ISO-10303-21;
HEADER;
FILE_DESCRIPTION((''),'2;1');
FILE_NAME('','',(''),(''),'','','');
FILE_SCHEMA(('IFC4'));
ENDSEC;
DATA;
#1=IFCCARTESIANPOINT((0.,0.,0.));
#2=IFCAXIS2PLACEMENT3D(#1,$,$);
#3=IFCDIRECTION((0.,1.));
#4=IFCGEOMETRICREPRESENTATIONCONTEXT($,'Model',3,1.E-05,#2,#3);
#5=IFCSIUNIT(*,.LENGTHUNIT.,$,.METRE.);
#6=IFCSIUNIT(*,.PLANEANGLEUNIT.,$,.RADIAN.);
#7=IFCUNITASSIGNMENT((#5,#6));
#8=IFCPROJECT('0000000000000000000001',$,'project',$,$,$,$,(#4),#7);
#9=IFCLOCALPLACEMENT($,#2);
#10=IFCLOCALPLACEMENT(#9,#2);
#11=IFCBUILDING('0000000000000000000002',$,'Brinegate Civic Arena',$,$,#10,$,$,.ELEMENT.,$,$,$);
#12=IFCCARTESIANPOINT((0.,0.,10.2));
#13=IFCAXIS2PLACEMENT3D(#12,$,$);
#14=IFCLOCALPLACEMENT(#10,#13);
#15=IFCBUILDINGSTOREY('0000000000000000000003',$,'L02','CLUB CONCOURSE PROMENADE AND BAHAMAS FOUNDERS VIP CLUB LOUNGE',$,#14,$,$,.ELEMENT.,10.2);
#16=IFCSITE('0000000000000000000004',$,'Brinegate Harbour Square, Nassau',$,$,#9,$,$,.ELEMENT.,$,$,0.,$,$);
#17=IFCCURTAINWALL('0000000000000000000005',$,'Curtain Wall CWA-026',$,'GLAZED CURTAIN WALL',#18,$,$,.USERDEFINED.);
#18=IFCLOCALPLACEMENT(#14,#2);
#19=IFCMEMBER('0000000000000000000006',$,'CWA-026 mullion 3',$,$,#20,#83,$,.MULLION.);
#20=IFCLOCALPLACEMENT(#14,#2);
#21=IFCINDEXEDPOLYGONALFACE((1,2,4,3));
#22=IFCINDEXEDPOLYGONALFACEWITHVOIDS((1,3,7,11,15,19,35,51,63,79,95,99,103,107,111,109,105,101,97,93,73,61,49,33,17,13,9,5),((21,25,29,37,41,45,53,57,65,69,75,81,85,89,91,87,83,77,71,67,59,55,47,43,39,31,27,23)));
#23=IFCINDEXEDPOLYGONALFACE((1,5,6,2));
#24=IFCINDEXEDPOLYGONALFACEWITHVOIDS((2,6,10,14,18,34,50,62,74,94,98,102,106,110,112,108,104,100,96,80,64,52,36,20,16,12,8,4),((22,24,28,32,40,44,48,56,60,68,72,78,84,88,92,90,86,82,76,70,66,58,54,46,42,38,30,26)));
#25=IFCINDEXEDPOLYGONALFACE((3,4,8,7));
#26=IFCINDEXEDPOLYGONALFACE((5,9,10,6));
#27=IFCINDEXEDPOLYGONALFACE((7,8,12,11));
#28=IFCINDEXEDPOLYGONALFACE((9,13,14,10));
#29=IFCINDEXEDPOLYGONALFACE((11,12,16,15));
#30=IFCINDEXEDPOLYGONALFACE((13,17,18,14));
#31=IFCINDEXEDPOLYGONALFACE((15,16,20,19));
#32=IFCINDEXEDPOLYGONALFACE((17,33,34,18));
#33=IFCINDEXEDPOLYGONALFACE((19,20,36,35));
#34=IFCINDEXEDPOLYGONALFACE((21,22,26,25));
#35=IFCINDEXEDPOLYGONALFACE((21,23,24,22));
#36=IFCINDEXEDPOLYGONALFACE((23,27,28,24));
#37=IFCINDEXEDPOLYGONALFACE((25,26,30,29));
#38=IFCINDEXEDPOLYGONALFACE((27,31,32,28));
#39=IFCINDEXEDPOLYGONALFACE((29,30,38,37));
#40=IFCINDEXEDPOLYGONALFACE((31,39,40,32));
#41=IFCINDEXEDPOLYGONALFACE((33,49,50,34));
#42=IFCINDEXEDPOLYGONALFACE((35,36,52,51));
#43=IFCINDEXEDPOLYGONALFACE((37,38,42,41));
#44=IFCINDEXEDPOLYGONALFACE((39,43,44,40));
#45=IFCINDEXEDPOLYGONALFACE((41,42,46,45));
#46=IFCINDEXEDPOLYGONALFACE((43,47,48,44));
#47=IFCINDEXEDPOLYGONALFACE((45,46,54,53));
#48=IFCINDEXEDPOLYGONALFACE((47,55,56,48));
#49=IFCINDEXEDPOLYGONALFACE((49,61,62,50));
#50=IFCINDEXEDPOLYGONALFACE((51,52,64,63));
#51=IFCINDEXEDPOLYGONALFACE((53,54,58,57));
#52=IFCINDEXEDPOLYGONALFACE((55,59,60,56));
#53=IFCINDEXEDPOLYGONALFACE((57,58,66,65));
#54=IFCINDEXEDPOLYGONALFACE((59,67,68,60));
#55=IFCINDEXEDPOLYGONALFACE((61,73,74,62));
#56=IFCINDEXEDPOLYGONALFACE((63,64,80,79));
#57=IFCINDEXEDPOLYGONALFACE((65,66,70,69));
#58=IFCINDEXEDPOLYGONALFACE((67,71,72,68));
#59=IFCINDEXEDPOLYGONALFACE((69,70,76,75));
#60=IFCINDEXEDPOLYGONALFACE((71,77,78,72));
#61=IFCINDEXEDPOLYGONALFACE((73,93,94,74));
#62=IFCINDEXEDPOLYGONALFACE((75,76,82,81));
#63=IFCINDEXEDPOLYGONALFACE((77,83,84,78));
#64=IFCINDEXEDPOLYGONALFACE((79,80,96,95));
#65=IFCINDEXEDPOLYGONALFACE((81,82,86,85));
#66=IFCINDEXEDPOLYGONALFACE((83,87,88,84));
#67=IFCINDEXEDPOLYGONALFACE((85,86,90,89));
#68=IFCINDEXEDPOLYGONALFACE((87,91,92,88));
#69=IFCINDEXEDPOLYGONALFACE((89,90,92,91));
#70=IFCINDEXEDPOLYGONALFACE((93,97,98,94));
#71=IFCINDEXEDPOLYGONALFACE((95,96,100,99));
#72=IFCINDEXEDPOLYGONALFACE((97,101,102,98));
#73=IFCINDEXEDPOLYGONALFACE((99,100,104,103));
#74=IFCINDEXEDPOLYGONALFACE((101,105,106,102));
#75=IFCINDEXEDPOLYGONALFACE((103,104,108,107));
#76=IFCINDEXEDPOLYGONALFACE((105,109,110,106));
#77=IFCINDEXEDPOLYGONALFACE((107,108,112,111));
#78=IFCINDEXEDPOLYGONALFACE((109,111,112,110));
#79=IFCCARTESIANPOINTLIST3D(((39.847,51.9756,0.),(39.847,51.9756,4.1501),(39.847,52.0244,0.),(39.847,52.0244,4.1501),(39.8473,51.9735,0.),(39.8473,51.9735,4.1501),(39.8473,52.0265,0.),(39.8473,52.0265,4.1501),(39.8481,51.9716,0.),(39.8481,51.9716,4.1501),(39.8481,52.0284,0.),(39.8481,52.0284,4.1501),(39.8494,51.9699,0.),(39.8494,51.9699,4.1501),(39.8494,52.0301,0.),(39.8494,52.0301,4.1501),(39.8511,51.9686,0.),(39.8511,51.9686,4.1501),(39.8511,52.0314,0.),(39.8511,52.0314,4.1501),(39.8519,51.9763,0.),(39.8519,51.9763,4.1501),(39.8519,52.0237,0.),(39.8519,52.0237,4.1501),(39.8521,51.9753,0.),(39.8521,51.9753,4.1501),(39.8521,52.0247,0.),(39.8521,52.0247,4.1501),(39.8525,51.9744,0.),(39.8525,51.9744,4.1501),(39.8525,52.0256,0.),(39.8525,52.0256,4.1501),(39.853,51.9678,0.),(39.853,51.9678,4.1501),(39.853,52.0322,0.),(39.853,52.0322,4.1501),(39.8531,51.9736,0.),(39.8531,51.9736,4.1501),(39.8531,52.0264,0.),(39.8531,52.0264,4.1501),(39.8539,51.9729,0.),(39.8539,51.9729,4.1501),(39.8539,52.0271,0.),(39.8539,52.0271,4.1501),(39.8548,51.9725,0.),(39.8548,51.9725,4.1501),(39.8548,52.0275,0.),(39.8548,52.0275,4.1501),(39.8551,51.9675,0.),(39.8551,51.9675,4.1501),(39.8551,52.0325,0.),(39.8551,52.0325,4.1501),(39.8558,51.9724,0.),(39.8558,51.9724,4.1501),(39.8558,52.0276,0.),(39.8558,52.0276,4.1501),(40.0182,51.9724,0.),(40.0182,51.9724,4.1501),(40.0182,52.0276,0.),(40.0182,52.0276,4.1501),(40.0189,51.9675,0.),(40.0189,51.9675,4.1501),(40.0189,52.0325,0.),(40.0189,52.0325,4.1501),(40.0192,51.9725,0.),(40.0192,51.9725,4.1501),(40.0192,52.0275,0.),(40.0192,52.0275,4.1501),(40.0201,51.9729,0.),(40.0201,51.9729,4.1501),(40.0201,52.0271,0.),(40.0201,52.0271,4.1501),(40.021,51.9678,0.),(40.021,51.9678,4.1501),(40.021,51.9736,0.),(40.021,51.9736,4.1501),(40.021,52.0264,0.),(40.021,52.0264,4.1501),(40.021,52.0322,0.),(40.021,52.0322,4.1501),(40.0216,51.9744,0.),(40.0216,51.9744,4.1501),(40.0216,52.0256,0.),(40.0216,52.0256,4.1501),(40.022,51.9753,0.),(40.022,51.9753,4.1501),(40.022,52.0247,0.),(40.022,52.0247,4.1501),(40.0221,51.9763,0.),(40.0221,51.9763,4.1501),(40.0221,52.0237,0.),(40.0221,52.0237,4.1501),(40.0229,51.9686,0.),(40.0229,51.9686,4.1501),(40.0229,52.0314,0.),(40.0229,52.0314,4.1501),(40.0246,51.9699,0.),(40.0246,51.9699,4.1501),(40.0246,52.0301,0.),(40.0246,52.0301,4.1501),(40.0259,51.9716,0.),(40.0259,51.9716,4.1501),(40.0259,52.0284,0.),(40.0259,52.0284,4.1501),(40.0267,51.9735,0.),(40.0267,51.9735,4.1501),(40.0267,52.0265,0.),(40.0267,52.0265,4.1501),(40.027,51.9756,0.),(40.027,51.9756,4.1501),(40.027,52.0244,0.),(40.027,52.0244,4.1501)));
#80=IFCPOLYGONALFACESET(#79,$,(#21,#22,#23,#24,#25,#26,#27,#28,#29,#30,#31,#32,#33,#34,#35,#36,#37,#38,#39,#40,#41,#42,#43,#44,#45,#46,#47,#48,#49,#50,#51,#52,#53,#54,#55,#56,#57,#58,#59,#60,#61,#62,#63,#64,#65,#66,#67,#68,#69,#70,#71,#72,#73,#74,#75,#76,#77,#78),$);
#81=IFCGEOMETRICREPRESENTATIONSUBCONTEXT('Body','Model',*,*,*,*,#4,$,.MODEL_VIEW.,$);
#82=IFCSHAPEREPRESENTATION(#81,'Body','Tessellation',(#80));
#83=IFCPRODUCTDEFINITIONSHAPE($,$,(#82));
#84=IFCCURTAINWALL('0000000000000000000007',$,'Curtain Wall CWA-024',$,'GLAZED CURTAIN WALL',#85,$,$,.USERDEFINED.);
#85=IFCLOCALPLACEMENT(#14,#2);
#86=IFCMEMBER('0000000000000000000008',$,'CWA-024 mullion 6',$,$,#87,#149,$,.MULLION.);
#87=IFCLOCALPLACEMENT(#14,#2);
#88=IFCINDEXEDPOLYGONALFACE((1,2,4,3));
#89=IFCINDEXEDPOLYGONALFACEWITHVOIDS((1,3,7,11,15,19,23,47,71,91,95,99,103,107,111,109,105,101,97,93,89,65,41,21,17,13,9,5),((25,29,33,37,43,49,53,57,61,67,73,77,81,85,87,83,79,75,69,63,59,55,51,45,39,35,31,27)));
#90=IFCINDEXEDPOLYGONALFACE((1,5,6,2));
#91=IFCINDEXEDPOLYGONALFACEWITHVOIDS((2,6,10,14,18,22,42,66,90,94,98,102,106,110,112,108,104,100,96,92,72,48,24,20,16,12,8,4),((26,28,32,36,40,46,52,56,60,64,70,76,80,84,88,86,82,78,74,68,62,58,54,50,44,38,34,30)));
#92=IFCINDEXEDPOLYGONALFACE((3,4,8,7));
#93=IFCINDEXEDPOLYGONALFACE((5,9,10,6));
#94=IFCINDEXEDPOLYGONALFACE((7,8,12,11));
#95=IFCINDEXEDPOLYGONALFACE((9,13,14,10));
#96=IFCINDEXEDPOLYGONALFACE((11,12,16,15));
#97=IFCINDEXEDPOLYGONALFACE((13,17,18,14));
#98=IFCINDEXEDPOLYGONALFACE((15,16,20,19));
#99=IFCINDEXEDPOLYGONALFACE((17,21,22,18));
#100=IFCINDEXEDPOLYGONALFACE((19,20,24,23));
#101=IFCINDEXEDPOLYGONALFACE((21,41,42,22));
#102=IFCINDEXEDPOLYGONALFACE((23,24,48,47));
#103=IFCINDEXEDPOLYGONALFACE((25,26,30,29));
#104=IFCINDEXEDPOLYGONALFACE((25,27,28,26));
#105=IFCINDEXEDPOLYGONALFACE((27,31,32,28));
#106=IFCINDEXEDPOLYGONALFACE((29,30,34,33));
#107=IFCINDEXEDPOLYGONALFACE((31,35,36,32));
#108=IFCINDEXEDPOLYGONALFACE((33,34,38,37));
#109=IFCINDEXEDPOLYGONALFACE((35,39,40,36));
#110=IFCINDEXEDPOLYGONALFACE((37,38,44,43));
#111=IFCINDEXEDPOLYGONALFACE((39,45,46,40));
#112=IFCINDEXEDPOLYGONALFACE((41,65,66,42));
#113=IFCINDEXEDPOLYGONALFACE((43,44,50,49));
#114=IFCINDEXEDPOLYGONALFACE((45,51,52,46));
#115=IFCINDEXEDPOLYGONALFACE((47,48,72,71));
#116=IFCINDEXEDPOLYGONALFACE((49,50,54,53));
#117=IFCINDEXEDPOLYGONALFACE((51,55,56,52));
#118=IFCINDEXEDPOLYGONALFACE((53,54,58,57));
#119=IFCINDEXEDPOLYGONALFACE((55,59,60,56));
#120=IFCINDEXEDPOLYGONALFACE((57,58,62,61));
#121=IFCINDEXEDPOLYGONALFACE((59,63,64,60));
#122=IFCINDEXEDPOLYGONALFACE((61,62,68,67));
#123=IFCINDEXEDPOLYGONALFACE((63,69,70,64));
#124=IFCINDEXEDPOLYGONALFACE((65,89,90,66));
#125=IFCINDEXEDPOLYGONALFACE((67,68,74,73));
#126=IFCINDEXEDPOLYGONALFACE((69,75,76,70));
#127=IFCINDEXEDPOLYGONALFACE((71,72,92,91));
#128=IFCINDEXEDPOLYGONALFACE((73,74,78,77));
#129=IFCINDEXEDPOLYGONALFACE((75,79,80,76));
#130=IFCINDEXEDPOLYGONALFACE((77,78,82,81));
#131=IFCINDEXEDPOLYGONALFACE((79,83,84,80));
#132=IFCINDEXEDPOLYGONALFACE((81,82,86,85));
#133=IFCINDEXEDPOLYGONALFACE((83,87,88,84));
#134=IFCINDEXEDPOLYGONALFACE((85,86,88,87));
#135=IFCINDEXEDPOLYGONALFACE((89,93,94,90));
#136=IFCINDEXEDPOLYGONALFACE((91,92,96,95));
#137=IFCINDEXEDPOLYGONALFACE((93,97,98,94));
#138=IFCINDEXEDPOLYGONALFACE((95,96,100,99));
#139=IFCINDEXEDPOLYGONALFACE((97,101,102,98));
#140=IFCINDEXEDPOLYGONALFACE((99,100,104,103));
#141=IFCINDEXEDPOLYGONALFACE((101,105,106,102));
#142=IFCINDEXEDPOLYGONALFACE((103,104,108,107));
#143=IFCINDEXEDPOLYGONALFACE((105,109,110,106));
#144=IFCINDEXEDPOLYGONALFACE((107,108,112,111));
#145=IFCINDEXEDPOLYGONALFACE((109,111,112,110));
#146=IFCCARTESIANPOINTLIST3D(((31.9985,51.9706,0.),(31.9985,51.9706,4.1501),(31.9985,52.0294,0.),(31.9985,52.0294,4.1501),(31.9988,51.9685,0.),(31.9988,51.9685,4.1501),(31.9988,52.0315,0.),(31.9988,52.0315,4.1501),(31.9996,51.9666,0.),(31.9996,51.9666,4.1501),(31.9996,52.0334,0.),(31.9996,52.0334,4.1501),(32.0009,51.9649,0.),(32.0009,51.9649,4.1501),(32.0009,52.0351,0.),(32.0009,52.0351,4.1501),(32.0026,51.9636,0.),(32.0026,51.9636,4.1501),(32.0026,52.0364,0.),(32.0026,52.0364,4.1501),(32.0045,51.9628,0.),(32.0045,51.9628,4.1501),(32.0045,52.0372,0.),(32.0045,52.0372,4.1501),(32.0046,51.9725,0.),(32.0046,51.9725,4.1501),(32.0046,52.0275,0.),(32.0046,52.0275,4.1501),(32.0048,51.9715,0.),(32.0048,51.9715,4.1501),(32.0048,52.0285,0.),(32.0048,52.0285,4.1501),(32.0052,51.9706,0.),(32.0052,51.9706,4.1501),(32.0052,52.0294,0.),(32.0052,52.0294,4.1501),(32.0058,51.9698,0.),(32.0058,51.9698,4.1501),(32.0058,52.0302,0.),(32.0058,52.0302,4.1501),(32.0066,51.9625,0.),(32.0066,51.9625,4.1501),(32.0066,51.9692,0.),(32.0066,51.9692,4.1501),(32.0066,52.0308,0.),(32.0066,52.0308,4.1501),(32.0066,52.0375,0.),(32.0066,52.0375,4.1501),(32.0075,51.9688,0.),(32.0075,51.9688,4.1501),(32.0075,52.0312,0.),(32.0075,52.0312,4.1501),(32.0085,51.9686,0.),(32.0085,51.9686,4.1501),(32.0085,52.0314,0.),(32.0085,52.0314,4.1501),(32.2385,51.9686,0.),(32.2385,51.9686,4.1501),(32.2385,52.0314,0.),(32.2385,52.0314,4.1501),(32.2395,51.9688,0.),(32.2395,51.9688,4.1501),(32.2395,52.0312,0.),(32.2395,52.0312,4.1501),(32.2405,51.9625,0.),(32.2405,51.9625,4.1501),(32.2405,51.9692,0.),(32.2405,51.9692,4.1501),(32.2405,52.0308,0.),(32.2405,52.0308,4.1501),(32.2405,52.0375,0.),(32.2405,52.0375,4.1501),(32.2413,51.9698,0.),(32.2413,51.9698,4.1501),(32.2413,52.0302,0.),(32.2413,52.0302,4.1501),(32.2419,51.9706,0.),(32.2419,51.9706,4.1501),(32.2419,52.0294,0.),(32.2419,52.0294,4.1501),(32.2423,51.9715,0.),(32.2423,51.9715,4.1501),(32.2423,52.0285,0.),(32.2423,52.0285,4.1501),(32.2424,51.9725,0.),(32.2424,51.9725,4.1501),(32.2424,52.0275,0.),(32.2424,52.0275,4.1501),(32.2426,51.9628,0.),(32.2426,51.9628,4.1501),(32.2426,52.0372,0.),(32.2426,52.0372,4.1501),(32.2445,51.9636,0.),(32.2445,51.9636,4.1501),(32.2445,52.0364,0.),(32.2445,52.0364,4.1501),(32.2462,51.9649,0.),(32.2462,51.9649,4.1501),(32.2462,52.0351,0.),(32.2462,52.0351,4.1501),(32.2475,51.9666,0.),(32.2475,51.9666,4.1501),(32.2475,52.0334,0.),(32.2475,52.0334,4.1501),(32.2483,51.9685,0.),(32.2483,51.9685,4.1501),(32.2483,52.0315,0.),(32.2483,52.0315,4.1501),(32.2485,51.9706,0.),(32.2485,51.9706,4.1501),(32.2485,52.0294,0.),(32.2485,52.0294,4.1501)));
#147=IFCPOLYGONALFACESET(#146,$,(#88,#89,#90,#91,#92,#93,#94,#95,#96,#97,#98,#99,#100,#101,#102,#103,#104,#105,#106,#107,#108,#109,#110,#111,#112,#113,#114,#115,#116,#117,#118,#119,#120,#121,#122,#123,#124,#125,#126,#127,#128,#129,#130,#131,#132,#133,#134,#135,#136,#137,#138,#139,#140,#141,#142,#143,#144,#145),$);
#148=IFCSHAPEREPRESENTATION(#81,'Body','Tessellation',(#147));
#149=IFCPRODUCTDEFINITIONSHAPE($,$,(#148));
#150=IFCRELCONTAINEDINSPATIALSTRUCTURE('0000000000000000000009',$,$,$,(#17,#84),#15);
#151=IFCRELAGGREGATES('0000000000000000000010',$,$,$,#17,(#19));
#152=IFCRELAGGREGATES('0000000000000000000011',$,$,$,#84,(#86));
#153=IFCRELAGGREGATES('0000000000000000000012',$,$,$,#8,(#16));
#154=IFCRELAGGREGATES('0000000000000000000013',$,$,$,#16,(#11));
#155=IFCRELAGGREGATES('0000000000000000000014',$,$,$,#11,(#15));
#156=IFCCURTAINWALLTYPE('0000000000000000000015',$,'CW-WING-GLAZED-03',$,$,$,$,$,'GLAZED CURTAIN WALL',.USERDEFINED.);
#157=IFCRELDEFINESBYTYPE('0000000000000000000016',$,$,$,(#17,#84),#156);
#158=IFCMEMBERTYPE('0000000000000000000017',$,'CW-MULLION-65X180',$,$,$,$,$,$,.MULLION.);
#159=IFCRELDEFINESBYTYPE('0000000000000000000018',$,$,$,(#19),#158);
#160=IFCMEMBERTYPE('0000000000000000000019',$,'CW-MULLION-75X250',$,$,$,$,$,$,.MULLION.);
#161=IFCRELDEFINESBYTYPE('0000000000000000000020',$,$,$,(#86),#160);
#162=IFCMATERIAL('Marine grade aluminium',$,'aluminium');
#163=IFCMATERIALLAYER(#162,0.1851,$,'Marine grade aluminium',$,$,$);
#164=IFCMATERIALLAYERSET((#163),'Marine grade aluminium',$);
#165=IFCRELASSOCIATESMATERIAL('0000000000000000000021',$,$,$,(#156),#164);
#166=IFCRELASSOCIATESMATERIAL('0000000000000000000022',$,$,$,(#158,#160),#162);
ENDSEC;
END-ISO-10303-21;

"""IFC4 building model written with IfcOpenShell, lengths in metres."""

from ifc_helpers import new_model, si_unit, direction, frame, origin, origin_2d, place, context, subcontext, project, spatial, hollow_rectangle, extrude, material, layer, layer_set, material_profile, profile_set, type_object, element, aggregate, save


model = new_model("IFC4")

# Units and contexts
model_context = context("Model", 3, precision=1e-05, world=origin(), true_north=direction((0.0, 1.0)))
body_context = subcontext(model_context, "Body", "Model", "MODEL_VIEW")
ifc_project = project(units=[si_unit("LENGTHUNIT", "METRE"), si_unit("PLANEANGLEUNIT", "RADIAN")], contexts=[model_context])

# Site, building, storey
site_placement = place(None, origin())
site = spatial("IfcSite", under=ifc_project, at=site_placement, Name="Brinegate Harbour Square, Nassau", CompositionType="ELEMENT", RefElevation=0.0)
building_placement = place(site_placement, origin())
building = spatial("IfcBuilding", under=site, at=building_placement, Name="Brinegate Civic Arena", CompositionType="ELEMENT")
storey_placement = place(building_placement, frame((0.0, 0.0, 10.2)))
storey = spatial("IfcBuildingStorey", under=building, at=storey_placement, Name="L02", Description="CLUB CONCOURSE PROMENADE AND BAHAMAS FOUNDERS VIP CLUB LOUNGE", CompositionType="ELEMENT", Elevation=10.2)

# Curtain walls, members
ifc_material_1 = material(Name="Marine grade aluminium", Category="aluminium")
ifc_layer_1 = layer(ifc_material_1, 0.1851, Name="Marine grade aluminium")
ifc_layer_set_1 = layer_set([ifc_layer_1], Name="Marine grade aluminium")
curtain_wall_type = type_object("IfcCurtainWallType", Name="CW-WING-GLAZED-03", ElementType="GLAZED CURTAIN WALL", PredefinedType="USERDEFINED", material=ifc_layer_set_1)
curtain_wall_1_placement = place(storey_placement, origin())
curtain_wall_1 = element("IfcCurtainWall", 1, at=curtain_wall_1_placement, inside=storey, type_object=curtain_wall_type, Name="Curtain Wall CWA-026", ObjectType="GLAZED CURTAIN WALL", PredefinedType="USERDEFINED")
ifc_material_profile_1 = material_profile(ifc_material_1, hollow_rectangle(XDim=0.0649, YDim=0.1799, WallThickness=0.0049, InnerFilletRadius=0.0039, OuterFilletRadius=0.0081, at=origin_2d()), Name="MUL65X180")
ifc_profile_set_1 = profile_set([ifc_material_profile_1], Name="Marine grade aluminium")
member_type_1 = type_object("IfcMemberType", Name="CW-MULLION-65X180", PredefinedType="MULLION", material=ifc_profile_set_1)
member_1_placement = place(storey_placement, frame((39.937, 52.0, 0.0), z_axis=(0.0, 0.0, 1.0), x_axis=(0.0, 1.0, 0.0)))
member_1 = element("IfcMember", 2, at=member_1_placement, type_object=member_type_1, Name="CWA-026 mullion 3", PredefinedType="MULLION", context=body_context, shape_type="SweptSolid", body=[
    extrude(hollow_rectangle(XDim=0.0649, YDim=0.1799, WallThickness=0.0049, InnerFilletRadius=0.0039, OuterFilletRadius=0.0081, at=origin_2d()), origin(), (0.0, 0.0, 1.0), 4.1501),
])
curtain_wall_2_placement = place(storey_placement, origin())
curtain_wall_2 = element("IfcCurtainWall", 3, at=curtain_wall_2_placement, inside=storey, type_object=curtain_wall_type, Name="Curtain Wall CWA-024", ObjectType="GLAZED CURTAIN WALL", PredefinedType="USERDEFINED")
ifc_material_profile_2 = material_profile(ifc_material_1, hollow_rectangle(XDim=0.075, YDim=0.25, WallThickness=0.0061, InnerFilletRadius=0.0039, OuterFilletRadius=0.0081, at=origin_2d()), Name="MUL75X250")
ifc_profile_set_2 = profile_set([ifc_material_profile_2], Name="Marine grade aluminium")
member_type_2 = type_object("IfcMemberType", Name="CW-MULLION-75X250", PredefinedType="MULLION", material=ifc_profile_set_2)
member_2_placement = place(storey_placement, frame((32.1235, 52.0, 0.0), z_axis=(0.0, 0.0, 1.0), x_axis=(0.0, 1.0, 0.0)))
member_2 = element("IfcMember", 4, at=member_2_placement, type_object=member_type_2, Name="CWA-024 mullion 6", PredefinedType="MULLION", context=body_context, shape_type="SweptSolid", body=[
    extrude(hollow_rectangle(XDim=0.075, YDim=0.25, WallThickness=0.0061, InnerFilletRadius=0.0039, OuterFilletRadius=0.0081, at=origin_2d()), origin(), (0.0, 0.0, 1.0), 4.1501),
])

aggregate(curtain_wall_1, [member_1])
aggregate(curtain_wall_2, [member_2])

save(model, "model.ifc")
